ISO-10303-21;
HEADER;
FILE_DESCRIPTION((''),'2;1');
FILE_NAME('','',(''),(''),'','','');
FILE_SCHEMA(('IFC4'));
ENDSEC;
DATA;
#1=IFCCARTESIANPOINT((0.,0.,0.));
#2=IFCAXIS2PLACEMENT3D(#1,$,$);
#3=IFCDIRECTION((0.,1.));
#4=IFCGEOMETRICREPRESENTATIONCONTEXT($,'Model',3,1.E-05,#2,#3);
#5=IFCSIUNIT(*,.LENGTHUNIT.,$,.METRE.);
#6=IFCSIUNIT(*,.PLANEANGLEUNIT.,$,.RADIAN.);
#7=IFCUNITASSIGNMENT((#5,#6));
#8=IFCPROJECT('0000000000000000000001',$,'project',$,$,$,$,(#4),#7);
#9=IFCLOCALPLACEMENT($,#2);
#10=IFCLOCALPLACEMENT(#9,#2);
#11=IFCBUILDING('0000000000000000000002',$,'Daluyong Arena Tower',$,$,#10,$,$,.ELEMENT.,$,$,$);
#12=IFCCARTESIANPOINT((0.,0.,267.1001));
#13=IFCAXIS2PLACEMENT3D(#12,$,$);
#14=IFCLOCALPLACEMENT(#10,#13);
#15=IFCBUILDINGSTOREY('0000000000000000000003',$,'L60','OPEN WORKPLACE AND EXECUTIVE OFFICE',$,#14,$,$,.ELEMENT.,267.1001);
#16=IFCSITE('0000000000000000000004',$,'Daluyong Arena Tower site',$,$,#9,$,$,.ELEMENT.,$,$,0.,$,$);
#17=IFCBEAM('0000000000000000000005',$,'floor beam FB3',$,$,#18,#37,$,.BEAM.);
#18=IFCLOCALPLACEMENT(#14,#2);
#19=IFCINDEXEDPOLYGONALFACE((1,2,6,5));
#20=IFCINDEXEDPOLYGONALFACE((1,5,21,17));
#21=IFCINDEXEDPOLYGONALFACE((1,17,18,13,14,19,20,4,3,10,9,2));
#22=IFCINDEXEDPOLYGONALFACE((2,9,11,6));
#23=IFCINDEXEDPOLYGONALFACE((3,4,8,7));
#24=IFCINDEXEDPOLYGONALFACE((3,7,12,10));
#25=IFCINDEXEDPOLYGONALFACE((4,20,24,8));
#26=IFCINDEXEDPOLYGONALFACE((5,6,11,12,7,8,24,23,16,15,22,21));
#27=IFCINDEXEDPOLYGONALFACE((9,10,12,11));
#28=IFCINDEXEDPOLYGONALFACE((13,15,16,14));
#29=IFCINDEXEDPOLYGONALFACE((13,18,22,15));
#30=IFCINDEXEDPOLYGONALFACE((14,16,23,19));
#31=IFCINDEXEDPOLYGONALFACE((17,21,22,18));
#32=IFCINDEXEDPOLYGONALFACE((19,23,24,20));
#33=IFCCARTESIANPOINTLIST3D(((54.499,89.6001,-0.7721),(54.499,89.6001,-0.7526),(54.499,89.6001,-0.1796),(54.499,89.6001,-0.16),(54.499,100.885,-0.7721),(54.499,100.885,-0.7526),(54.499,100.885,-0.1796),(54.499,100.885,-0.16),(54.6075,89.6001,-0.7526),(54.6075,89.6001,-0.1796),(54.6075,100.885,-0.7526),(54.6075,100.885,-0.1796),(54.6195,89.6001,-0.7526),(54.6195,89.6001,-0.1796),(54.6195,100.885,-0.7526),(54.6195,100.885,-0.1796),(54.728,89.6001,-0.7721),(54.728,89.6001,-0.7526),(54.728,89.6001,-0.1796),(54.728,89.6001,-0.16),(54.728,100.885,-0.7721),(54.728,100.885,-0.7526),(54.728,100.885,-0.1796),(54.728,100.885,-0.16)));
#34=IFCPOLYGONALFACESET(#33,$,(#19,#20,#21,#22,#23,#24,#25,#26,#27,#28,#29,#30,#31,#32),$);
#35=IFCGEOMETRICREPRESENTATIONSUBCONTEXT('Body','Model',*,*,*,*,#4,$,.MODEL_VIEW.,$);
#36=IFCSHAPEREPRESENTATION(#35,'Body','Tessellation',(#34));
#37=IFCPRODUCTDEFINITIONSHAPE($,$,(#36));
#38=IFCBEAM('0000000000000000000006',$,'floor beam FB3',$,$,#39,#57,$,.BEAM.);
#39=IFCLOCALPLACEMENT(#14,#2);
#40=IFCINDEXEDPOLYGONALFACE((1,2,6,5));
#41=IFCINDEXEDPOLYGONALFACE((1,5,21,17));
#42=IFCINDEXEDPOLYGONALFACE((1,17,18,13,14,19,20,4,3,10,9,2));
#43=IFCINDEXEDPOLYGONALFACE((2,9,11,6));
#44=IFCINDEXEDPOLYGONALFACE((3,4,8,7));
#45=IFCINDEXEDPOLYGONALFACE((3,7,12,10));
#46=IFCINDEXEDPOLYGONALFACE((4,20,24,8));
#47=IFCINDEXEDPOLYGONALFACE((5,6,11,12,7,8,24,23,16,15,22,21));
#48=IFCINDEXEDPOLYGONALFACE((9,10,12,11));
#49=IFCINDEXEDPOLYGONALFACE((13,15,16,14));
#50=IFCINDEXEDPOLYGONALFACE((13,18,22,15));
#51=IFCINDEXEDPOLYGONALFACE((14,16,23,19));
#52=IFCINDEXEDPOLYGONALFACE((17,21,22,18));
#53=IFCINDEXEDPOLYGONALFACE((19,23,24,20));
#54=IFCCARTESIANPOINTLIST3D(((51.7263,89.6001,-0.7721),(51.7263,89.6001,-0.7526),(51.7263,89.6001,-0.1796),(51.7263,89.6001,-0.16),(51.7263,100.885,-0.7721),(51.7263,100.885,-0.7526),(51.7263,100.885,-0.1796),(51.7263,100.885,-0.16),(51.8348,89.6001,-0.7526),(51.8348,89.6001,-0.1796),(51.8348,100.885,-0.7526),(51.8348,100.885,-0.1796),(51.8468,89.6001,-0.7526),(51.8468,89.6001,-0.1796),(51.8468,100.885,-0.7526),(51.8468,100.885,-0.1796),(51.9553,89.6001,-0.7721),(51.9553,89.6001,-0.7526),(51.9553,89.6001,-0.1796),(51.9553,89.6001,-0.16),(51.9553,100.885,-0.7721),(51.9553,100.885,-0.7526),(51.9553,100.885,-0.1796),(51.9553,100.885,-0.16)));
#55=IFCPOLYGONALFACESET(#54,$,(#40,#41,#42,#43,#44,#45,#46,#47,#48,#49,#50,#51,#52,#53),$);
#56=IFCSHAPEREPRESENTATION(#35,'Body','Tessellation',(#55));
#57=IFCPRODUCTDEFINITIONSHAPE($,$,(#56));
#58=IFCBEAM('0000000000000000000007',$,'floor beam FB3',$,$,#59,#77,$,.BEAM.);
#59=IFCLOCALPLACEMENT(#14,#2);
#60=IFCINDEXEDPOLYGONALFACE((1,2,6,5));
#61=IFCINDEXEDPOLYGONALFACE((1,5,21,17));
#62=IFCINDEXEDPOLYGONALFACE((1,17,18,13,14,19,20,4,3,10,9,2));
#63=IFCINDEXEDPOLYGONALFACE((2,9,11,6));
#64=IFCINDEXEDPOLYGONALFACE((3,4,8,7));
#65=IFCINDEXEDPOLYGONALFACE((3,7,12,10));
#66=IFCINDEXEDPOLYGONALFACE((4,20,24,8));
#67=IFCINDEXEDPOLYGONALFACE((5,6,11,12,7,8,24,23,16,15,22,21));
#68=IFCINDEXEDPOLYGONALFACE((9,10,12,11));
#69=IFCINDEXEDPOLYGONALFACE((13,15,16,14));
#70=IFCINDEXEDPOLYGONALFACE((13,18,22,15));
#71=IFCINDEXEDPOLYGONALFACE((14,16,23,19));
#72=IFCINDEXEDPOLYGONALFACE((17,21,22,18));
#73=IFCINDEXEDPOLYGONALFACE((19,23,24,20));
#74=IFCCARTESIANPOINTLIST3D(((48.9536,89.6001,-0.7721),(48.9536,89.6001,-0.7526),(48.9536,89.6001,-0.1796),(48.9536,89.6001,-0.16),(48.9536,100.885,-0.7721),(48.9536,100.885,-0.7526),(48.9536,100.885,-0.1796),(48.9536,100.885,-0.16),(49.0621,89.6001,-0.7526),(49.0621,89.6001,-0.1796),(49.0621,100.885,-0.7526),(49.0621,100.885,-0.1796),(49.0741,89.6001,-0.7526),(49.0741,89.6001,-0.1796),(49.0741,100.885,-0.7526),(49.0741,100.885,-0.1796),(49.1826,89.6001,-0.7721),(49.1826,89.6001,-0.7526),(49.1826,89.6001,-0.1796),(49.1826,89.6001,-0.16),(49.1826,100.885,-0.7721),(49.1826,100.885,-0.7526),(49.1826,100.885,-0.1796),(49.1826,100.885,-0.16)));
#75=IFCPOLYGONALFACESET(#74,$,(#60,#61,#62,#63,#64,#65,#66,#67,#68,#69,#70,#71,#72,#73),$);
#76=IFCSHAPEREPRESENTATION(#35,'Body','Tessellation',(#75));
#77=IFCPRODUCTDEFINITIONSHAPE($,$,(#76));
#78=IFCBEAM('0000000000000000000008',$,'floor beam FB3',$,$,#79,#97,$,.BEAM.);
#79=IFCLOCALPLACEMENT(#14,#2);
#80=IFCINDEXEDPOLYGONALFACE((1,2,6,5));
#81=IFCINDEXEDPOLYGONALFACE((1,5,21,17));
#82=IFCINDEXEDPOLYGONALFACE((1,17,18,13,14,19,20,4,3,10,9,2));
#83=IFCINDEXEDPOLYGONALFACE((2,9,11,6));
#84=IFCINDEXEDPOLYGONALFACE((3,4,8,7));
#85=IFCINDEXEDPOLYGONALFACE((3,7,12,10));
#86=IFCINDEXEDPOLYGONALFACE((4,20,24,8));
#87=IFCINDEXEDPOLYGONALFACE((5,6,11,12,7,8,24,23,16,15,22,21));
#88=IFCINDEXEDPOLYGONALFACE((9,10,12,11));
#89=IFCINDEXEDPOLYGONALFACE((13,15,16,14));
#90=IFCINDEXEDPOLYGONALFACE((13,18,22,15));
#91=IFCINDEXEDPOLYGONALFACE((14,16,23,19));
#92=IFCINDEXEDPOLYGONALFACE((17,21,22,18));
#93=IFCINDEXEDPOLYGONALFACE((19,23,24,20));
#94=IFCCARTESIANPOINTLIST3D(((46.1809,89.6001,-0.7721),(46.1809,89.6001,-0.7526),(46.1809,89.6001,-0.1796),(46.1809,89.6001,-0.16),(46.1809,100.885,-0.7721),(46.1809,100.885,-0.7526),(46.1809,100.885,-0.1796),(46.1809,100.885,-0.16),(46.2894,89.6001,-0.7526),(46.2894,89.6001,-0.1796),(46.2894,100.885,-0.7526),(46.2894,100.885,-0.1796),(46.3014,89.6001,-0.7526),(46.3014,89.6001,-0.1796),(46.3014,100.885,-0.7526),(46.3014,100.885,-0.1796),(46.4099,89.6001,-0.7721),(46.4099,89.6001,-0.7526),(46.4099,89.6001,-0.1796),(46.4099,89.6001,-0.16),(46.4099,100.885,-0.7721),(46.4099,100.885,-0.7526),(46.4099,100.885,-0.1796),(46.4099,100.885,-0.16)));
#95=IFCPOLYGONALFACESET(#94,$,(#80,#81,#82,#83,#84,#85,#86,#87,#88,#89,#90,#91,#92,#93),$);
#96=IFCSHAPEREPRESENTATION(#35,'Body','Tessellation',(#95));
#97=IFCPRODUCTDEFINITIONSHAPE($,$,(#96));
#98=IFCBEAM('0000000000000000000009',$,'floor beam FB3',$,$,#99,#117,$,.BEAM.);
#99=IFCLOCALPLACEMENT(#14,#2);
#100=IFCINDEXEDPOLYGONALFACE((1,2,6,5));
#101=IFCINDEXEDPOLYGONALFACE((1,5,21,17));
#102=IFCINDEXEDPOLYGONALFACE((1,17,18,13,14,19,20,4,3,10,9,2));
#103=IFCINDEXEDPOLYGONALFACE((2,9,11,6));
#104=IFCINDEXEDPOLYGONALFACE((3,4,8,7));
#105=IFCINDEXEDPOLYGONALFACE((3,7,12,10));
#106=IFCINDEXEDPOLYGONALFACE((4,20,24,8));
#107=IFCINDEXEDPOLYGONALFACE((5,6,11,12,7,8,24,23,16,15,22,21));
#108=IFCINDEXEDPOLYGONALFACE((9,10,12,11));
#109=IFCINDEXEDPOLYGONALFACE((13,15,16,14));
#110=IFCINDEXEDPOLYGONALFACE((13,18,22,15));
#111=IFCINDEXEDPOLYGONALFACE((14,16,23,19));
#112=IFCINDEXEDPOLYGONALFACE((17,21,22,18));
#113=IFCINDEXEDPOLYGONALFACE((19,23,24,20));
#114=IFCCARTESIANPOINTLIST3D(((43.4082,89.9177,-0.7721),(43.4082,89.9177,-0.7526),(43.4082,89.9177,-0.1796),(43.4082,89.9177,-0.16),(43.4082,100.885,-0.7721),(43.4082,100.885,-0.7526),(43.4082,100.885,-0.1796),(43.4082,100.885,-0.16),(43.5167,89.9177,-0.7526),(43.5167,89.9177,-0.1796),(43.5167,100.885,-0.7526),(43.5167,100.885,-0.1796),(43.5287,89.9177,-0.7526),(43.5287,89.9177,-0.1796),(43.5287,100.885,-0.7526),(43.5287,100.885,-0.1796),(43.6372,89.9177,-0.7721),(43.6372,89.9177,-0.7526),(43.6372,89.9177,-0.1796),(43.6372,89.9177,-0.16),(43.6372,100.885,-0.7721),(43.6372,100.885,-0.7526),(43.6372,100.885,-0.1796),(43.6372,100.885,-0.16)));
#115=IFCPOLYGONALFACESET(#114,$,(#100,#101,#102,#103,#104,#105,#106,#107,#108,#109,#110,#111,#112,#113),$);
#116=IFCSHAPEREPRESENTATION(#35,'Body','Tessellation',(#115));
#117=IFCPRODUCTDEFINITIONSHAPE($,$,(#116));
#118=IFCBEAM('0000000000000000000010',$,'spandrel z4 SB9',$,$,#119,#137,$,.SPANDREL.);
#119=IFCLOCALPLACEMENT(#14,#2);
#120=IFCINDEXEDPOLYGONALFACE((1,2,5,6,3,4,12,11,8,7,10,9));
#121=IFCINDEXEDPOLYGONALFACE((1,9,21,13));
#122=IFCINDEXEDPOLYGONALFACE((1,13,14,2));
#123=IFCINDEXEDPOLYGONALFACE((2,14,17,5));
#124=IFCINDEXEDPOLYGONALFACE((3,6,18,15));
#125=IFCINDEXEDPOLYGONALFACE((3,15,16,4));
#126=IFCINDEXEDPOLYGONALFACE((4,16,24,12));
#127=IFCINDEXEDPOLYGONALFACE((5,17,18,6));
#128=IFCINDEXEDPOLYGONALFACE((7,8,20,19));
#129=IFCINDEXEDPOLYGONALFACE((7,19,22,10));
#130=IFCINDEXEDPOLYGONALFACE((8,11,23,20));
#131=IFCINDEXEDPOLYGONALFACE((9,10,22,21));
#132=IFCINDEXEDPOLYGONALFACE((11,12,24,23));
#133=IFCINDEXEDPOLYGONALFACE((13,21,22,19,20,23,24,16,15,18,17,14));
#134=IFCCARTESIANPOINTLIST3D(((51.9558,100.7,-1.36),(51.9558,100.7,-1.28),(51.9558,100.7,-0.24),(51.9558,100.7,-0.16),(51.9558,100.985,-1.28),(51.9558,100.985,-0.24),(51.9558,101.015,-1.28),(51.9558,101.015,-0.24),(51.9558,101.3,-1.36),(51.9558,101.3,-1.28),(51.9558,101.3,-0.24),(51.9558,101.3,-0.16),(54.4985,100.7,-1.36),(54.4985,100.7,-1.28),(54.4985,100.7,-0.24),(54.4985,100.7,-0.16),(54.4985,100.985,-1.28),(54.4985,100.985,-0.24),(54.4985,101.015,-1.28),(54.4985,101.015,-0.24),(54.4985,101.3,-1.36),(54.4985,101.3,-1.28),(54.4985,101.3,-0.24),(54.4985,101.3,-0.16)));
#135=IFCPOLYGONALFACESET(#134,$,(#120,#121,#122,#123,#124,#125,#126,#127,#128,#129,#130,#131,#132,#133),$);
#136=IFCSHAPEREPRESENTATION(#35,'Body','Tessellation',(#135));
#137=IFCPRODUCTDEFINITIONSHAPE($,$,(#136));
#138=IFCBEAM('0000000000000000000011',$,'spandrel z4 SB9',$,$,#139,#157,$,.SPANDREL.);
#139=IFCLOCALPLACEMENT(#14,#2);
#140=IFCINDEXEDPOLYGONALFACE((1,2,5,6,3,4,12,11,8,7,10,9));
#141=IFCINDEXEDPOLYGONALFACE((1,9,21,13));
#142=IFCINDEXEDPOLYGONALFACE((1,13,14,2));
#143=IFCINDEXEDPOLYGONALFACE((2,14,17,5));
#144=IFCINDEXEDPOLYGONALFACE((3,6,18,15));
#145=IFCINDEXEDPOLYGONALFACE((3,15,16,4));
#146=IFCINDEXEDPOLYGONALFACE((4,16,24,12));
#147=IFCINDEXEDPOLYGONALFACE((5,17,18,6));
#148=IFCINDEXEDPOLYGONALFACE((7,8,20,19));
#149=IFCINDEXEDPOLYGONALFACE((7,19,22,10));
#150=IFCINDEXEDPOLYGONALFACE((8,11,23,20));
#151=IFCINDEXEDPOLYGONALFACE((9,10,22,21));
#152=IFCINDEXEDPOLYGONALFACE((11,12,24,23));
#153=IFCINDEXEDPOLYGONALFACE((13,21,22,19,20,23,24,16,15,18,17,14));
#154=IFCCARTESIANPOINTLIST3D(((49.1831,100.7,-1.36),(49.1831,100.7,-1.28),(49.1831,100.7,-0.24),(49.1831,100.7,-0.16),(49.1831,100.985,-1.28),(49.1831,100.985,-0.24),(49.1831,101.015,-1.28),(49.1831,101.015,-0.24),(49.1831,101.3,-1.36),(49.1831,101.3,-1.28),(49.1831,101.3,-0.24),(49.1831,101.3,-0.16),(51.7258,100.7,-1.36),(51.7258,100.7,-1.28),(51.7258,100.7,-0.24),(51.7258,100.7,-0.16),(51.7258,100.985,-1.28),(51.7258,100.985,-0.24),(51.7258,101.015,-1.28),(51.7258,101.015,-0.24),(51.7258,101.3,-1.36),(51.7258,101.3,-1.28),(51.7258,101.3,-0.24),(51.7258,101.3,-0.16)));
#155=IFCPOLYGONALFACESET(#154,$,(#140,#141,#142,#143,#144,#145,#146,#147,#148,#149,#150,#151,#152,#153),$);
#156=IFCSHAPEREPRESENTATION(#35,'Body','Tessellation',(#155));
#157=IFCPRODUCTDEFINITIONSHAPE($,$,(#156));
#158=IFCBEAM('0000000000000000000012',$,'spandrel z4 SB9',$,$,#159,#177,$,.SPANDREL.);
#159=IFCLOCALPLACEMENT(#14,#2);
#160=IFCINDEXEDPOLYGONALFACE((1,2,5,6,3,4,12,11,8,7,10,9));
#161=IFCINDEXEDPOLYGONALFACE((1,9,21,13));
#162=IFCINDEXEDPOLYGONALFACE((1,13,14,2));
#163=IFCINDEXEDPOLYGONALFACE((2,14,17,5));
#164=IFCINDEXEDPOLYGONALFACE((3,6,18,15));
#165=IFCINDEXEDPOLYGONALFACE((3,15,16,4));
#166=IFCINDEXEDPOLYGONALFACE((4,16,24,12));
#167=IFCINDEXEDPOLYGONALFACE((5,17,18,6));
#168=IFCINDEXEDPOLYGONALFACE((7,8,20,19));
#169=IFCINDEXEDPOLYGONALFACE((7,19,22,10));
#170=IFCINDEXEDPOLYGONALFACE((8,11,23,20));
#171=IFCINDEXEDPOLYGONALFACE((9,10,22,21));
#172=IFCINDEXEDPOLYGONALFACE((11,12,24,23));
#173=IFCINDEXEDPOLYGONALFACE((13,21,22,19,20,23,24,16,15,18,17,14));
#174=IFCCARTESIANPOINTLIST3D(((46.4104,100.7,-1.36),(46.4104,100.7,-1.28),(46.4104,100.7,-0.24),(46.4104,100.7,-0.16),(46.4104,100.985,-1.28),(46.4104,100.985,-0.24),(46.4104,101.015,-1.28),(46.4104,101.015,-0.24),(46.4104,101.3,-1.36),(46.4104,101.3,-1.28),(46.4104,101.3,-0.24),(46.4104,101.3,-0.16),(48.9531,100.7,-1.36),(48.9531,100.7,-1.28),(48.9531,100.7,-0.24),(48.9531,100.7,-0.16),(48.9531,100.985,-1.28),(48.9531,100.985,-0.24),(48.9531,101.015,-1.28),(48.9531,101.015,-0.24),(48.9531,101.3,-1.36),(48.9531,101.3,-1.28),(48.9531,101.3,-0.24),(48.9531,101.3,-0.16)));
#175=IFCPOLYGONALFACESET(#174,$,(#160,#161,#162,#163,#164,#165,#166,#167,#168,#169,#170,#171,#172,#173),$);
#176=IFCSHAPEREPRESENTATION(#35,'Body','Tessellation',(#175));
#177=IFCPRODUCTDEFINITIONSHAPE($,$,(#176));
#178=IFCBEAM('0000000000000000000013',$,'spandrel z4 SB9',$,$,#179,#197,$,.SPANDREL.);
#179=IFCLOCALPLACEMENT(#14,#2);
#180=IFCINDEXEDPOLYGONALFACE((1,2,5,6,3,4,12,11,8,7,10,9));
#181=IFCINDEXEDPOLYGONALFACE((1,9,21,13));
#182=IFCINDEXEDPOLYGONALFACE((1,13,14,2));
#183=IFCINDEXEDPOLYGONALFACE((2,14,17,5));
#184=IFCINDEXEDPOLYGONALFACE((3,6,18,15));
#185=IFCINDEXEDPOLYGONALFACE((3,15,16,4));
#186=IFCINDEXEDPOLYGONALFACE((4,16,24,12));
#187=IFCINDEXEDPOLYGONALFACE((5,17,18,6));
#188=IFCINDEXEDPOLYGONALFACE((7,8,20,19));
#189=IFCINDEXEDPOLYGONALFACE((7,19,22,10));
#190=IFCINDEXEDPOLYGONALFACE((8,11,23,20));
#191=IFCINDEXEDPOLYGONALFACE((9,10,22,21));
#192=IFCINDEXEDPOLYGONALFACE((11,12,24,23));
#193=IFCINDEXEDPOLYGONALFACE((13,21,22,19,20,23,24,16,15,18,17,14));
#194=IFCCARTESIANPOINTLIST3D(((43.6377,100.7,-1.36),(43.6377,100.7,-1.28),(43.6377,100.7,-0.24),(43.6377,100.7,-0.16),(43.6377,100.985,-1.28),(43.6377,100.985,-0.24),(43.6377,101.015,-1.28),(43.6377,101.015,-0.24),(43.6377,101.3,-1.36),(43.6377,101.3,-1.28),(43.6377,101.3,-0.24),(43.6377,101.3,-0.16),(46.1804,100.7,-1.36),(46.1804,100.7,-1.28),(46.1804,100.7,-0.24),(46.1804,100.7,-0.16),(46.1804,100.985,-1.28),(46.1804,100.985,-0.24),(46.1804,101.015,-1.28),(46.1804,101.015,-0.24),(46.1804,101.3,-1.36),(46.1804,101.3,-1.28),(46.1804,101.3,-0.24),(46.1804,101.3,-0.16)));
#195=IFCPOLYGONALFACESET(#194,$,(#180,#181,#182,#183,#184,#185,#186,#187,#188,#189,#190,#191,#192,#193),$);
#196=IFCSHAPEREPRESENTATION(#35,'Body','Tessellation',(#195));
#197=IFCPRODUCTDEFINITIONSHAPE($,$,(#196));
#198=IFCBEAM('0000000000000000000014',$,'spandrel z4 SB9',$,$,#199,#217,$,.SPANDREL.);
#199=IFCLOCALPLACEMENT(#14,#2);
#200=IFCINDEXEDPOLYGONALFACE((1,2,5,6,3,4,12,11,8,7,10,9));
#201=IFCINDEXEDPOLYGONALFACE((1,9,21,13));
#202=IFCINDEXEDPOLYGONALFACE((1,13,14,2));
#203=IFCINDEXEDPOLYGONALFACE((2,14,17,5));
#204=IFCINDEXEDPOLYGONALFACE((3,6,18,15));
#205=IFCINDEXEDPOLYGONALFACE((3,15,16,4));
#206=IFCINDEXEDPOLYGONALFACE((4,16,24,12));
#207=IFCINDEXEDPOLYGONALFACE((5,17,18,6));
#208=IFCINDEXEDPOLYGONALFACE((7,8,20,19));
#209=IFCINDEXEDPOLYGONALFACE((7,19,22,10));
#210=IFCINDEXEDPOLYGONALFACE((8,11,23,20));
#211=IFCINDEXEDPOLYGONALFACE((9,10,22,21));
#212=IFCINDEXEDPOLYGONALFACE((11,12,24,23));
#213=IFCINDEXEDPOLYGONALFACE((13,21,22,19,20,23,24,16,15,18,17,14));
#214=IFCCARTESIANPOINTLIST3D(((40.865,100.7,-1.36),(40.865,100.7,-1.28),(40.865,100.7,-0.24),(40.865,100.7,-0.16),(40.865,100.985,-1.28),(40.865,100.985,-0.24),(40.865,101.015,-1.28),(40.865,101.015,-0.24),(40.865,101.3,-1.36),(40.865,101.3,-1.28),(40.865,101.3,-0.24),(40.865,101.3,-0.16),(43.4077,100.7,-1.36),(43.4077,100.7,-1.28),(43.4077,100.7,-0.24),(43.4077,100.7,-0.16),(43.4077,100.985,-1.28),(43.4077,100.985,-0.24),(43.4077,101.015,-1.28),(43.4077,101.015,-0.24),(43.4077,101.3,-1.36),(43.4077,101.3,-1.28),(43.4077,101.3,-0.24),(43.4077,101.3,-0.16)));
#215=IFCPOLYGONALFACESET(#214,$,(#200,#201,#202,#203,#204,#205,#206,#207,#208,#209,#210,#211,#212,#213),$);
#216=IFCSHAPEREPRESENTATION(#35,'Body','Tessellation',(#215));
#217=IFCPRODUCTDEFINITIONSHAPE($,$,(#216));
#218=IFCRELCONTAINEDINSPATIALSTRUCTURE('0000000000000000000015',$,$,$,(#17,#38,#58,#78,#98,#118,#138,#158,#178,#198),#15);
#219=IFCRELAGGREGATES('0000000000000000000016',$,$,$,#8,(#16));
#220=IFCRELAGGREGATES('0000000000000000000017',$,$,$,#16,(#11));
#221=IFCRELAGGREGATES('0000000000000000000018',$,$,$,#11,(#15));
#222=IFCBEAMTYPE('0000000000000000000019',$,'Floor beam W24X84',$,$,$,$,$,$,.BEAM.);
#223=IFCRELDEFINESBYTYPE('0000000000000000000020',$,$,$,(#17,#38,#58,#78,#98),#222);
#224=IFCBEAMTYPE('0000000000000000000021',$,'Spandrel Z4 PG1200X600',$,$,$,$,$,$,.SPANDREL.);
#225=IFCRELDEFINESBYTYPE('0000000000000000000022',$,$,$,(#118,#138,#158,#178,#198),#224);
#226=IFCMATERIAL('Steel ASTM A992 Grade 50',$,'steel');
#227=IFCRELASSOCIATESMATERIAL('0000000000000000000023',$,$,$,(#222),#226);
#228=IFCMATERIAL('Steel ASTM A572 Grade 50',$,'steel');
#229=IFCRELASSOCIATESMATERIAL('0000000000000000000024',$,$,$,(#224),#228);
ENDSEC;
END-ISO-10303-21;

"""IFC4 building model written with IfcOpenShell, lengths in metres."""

from ifc_helpers import new_model, si_unit, direction, frame, origin, origin_2d, place, context, subcontext, project, spatial, i_section, extrude, material, material_profile, profile_set, type_object, element, save


model = new_model("IFC4")

# Units and contexts
model_context = context("Model", 3, precision=1e-05, world=origin(), true_north=direction((0.0, 1.0)))
body_context = subcontext(model_context, "Body", "Model", "MODEL_VIEW")
ifc_project = project(units=[si_unit("LENGTHUNIT", "METRE"), si_unit("PLANEANGLEUNIT", "RADIAN")], contexts=[model_context])

# Site, building, storey
site_placement = place(None, origin())
site = spatial("IfcSite", under=ifc_project, at=site_placement, Name="Daluyong Arena Tower site", CompositionType="ELEMENT", RefElevation=0.0)
building_placement = place(site_placement, origin())
building = spatial("IfcBuilding", under=site, at=building_placement, Name="Daluyong Arena Tower", CompositionType="ELEMENT")
storey_placement = place(building_placement, frame((0.0, 0.0, 267.1001)))
storey = spatial("IfcBuildingStorey", under=building, at=storey_placement, Name="L60", Description="OPEN WORKPLACE AND EXECUTIVE OFFICE", CompositionType="ELEMENT", Elevation=267.1001)

# Beams
ifc_material_1 = material(Name="Steel ASTM A992 Grade 50", Category="steel")
ifc_material_profile_1 = material_profile(ifc_material_1, i_section(OverallWidth=0.229, OverallDepth=0.6121, WebThickness=0.012, FlangeThickness=0.0195, at=origin_2d()))
ifc_profile_set_1 = profile_set([ifc_material_profile_1], Name="Steel ASTM A992 Grade 50")
beam_type_1 = type_object("IfcBeamType", Name="Floor beam W24X84", PredefinedType="BEAM", material=ifc_profile_set_1)
for number, where, z_axis, x_axis, name in (
    (1, (54.6135, 100.885, -0.4661), (0.0, -1.0, 0.0), (1.0, 0.0, 0.0), "floor beam FB3"),
    (2, (51.8408, 100.885, -0.4661), (0.0, -1.0, 0.0), (1.0, 0.0, 0.0), "floor beam FB3"),
    (3, (49.0681, 100.885, -0.4661), (0.0, -1.0, 0.0), (1.0, 0.0, 0.0), "floor beam FB3"),
    (4, (46.2954, 100.885, -0.4661), (0.0, -1.0, 0.0), (1.0, 0.0, 0.0), "floor beam FB3"),
):
    element("IfcBeam", number, at=place(storey_placement, frame(where, z_axis=z_axis, x_axis=x_axis)), inside=storey, type_object=beam_type_1, Name=name, PredefinedType="BEAM", context=body_context, shape_type="SweptSolid", body=[
        extrude(i_section(OverallWidth=0.229, OverallDepth=0.6121, WebThickness=0.012, FlangeThickness=0.0195, at=origin_2d()), origin(), (0.0, 0.0, 1.0), 11.2849),
    ])
beam_placement = place(storey_placement, frame((43.5227, 100.885, -0.4661), z_axis=(0.0, -1.0, 0.0), x_axis=(1.0, 0.0, 0.0)))
element("IfcBeam", 5, at=beam_placement, inside=storey, type_object=beam_type_1, Name="floor beam FB3", PredefinedType="BEAM", context=body_context, shape_type="SweptSolid", body=[
    extrude(i_section(OverallWidth=0.229, OverallDepth=0.6121, WebThickness=0.012, FlangeThickness=0.0195, at=origin_2d()), origin(), (0.0, 0.0, 1.0), 10.9673),
])
ifc_material_2 = material(Name="Steel ASTM A572 Grade 50", Category="steel")
ifc_material_profile_2 = material_profile(ifc_material_2, i_section(OverallWidth=0.6001, OverallDepth=1.2, WebThickness=0.03, FlangeThickness=0.08, at=origin_2d()))
ifc_profile_set_2 = profile_set([ifc_material_profile_2], Name="Steel ASTM A572 Grade 50")
beam_type_2 = type_object("IfcBeamType", Name="Spandrel Z4 PG1200X600", PredefinedType="SPANDREL", material=ifc_profile_set_2)
for number, where, z_axis, x_axis, name in (
    (6, (54.4985, 101.0, -0.76), (-1.0, 0.0, 0.0), (0.0, -1.0, 0.0), "spandrel z4 SB9"),
    (7, (51.7258, 101.0, -0.76), (-1.0, 0.0, 0.0), (0.0, -1.0, 0.0), "spandrel z4 SB9"),
    (8, (48.9531, 101.0, -0.76), (-1.0, 0.0, 0.0), (0.0, -1.0, 0.0), "spandrel z4 SB9"),
    (9, (46.1804, 101.0, -0.76), (-1.0, 0.0, 0.0), (0.0, -1.0, 0.0), "spandrel z4 SB9"),
    (10, (43.4077, 101.0, -0.76), (-1.0, 0.0, 0.0), (0.0, -1.0, 0.0), "spandrel z4 SB9"),
):
    element("IfcBeam", number, at=place(storey_placement, frame(where, z_axis=z_axis, x_axis=x_axis)), inside=storey, type_object=beam_type_2, Name=name, PredefinedType="SPANDREL", context=body_context, shape_type="SweptSolid", body=[
        extrude(i_section(OverallWidth=0.6001, OverallDepth=1.2, WebThickness=0.03, FlangeThickness=0.08, at=origin_2d()), origin(), (0.0, 0.0, 1.0), 2.5427),
    ])

save(model, "model.ifc")
